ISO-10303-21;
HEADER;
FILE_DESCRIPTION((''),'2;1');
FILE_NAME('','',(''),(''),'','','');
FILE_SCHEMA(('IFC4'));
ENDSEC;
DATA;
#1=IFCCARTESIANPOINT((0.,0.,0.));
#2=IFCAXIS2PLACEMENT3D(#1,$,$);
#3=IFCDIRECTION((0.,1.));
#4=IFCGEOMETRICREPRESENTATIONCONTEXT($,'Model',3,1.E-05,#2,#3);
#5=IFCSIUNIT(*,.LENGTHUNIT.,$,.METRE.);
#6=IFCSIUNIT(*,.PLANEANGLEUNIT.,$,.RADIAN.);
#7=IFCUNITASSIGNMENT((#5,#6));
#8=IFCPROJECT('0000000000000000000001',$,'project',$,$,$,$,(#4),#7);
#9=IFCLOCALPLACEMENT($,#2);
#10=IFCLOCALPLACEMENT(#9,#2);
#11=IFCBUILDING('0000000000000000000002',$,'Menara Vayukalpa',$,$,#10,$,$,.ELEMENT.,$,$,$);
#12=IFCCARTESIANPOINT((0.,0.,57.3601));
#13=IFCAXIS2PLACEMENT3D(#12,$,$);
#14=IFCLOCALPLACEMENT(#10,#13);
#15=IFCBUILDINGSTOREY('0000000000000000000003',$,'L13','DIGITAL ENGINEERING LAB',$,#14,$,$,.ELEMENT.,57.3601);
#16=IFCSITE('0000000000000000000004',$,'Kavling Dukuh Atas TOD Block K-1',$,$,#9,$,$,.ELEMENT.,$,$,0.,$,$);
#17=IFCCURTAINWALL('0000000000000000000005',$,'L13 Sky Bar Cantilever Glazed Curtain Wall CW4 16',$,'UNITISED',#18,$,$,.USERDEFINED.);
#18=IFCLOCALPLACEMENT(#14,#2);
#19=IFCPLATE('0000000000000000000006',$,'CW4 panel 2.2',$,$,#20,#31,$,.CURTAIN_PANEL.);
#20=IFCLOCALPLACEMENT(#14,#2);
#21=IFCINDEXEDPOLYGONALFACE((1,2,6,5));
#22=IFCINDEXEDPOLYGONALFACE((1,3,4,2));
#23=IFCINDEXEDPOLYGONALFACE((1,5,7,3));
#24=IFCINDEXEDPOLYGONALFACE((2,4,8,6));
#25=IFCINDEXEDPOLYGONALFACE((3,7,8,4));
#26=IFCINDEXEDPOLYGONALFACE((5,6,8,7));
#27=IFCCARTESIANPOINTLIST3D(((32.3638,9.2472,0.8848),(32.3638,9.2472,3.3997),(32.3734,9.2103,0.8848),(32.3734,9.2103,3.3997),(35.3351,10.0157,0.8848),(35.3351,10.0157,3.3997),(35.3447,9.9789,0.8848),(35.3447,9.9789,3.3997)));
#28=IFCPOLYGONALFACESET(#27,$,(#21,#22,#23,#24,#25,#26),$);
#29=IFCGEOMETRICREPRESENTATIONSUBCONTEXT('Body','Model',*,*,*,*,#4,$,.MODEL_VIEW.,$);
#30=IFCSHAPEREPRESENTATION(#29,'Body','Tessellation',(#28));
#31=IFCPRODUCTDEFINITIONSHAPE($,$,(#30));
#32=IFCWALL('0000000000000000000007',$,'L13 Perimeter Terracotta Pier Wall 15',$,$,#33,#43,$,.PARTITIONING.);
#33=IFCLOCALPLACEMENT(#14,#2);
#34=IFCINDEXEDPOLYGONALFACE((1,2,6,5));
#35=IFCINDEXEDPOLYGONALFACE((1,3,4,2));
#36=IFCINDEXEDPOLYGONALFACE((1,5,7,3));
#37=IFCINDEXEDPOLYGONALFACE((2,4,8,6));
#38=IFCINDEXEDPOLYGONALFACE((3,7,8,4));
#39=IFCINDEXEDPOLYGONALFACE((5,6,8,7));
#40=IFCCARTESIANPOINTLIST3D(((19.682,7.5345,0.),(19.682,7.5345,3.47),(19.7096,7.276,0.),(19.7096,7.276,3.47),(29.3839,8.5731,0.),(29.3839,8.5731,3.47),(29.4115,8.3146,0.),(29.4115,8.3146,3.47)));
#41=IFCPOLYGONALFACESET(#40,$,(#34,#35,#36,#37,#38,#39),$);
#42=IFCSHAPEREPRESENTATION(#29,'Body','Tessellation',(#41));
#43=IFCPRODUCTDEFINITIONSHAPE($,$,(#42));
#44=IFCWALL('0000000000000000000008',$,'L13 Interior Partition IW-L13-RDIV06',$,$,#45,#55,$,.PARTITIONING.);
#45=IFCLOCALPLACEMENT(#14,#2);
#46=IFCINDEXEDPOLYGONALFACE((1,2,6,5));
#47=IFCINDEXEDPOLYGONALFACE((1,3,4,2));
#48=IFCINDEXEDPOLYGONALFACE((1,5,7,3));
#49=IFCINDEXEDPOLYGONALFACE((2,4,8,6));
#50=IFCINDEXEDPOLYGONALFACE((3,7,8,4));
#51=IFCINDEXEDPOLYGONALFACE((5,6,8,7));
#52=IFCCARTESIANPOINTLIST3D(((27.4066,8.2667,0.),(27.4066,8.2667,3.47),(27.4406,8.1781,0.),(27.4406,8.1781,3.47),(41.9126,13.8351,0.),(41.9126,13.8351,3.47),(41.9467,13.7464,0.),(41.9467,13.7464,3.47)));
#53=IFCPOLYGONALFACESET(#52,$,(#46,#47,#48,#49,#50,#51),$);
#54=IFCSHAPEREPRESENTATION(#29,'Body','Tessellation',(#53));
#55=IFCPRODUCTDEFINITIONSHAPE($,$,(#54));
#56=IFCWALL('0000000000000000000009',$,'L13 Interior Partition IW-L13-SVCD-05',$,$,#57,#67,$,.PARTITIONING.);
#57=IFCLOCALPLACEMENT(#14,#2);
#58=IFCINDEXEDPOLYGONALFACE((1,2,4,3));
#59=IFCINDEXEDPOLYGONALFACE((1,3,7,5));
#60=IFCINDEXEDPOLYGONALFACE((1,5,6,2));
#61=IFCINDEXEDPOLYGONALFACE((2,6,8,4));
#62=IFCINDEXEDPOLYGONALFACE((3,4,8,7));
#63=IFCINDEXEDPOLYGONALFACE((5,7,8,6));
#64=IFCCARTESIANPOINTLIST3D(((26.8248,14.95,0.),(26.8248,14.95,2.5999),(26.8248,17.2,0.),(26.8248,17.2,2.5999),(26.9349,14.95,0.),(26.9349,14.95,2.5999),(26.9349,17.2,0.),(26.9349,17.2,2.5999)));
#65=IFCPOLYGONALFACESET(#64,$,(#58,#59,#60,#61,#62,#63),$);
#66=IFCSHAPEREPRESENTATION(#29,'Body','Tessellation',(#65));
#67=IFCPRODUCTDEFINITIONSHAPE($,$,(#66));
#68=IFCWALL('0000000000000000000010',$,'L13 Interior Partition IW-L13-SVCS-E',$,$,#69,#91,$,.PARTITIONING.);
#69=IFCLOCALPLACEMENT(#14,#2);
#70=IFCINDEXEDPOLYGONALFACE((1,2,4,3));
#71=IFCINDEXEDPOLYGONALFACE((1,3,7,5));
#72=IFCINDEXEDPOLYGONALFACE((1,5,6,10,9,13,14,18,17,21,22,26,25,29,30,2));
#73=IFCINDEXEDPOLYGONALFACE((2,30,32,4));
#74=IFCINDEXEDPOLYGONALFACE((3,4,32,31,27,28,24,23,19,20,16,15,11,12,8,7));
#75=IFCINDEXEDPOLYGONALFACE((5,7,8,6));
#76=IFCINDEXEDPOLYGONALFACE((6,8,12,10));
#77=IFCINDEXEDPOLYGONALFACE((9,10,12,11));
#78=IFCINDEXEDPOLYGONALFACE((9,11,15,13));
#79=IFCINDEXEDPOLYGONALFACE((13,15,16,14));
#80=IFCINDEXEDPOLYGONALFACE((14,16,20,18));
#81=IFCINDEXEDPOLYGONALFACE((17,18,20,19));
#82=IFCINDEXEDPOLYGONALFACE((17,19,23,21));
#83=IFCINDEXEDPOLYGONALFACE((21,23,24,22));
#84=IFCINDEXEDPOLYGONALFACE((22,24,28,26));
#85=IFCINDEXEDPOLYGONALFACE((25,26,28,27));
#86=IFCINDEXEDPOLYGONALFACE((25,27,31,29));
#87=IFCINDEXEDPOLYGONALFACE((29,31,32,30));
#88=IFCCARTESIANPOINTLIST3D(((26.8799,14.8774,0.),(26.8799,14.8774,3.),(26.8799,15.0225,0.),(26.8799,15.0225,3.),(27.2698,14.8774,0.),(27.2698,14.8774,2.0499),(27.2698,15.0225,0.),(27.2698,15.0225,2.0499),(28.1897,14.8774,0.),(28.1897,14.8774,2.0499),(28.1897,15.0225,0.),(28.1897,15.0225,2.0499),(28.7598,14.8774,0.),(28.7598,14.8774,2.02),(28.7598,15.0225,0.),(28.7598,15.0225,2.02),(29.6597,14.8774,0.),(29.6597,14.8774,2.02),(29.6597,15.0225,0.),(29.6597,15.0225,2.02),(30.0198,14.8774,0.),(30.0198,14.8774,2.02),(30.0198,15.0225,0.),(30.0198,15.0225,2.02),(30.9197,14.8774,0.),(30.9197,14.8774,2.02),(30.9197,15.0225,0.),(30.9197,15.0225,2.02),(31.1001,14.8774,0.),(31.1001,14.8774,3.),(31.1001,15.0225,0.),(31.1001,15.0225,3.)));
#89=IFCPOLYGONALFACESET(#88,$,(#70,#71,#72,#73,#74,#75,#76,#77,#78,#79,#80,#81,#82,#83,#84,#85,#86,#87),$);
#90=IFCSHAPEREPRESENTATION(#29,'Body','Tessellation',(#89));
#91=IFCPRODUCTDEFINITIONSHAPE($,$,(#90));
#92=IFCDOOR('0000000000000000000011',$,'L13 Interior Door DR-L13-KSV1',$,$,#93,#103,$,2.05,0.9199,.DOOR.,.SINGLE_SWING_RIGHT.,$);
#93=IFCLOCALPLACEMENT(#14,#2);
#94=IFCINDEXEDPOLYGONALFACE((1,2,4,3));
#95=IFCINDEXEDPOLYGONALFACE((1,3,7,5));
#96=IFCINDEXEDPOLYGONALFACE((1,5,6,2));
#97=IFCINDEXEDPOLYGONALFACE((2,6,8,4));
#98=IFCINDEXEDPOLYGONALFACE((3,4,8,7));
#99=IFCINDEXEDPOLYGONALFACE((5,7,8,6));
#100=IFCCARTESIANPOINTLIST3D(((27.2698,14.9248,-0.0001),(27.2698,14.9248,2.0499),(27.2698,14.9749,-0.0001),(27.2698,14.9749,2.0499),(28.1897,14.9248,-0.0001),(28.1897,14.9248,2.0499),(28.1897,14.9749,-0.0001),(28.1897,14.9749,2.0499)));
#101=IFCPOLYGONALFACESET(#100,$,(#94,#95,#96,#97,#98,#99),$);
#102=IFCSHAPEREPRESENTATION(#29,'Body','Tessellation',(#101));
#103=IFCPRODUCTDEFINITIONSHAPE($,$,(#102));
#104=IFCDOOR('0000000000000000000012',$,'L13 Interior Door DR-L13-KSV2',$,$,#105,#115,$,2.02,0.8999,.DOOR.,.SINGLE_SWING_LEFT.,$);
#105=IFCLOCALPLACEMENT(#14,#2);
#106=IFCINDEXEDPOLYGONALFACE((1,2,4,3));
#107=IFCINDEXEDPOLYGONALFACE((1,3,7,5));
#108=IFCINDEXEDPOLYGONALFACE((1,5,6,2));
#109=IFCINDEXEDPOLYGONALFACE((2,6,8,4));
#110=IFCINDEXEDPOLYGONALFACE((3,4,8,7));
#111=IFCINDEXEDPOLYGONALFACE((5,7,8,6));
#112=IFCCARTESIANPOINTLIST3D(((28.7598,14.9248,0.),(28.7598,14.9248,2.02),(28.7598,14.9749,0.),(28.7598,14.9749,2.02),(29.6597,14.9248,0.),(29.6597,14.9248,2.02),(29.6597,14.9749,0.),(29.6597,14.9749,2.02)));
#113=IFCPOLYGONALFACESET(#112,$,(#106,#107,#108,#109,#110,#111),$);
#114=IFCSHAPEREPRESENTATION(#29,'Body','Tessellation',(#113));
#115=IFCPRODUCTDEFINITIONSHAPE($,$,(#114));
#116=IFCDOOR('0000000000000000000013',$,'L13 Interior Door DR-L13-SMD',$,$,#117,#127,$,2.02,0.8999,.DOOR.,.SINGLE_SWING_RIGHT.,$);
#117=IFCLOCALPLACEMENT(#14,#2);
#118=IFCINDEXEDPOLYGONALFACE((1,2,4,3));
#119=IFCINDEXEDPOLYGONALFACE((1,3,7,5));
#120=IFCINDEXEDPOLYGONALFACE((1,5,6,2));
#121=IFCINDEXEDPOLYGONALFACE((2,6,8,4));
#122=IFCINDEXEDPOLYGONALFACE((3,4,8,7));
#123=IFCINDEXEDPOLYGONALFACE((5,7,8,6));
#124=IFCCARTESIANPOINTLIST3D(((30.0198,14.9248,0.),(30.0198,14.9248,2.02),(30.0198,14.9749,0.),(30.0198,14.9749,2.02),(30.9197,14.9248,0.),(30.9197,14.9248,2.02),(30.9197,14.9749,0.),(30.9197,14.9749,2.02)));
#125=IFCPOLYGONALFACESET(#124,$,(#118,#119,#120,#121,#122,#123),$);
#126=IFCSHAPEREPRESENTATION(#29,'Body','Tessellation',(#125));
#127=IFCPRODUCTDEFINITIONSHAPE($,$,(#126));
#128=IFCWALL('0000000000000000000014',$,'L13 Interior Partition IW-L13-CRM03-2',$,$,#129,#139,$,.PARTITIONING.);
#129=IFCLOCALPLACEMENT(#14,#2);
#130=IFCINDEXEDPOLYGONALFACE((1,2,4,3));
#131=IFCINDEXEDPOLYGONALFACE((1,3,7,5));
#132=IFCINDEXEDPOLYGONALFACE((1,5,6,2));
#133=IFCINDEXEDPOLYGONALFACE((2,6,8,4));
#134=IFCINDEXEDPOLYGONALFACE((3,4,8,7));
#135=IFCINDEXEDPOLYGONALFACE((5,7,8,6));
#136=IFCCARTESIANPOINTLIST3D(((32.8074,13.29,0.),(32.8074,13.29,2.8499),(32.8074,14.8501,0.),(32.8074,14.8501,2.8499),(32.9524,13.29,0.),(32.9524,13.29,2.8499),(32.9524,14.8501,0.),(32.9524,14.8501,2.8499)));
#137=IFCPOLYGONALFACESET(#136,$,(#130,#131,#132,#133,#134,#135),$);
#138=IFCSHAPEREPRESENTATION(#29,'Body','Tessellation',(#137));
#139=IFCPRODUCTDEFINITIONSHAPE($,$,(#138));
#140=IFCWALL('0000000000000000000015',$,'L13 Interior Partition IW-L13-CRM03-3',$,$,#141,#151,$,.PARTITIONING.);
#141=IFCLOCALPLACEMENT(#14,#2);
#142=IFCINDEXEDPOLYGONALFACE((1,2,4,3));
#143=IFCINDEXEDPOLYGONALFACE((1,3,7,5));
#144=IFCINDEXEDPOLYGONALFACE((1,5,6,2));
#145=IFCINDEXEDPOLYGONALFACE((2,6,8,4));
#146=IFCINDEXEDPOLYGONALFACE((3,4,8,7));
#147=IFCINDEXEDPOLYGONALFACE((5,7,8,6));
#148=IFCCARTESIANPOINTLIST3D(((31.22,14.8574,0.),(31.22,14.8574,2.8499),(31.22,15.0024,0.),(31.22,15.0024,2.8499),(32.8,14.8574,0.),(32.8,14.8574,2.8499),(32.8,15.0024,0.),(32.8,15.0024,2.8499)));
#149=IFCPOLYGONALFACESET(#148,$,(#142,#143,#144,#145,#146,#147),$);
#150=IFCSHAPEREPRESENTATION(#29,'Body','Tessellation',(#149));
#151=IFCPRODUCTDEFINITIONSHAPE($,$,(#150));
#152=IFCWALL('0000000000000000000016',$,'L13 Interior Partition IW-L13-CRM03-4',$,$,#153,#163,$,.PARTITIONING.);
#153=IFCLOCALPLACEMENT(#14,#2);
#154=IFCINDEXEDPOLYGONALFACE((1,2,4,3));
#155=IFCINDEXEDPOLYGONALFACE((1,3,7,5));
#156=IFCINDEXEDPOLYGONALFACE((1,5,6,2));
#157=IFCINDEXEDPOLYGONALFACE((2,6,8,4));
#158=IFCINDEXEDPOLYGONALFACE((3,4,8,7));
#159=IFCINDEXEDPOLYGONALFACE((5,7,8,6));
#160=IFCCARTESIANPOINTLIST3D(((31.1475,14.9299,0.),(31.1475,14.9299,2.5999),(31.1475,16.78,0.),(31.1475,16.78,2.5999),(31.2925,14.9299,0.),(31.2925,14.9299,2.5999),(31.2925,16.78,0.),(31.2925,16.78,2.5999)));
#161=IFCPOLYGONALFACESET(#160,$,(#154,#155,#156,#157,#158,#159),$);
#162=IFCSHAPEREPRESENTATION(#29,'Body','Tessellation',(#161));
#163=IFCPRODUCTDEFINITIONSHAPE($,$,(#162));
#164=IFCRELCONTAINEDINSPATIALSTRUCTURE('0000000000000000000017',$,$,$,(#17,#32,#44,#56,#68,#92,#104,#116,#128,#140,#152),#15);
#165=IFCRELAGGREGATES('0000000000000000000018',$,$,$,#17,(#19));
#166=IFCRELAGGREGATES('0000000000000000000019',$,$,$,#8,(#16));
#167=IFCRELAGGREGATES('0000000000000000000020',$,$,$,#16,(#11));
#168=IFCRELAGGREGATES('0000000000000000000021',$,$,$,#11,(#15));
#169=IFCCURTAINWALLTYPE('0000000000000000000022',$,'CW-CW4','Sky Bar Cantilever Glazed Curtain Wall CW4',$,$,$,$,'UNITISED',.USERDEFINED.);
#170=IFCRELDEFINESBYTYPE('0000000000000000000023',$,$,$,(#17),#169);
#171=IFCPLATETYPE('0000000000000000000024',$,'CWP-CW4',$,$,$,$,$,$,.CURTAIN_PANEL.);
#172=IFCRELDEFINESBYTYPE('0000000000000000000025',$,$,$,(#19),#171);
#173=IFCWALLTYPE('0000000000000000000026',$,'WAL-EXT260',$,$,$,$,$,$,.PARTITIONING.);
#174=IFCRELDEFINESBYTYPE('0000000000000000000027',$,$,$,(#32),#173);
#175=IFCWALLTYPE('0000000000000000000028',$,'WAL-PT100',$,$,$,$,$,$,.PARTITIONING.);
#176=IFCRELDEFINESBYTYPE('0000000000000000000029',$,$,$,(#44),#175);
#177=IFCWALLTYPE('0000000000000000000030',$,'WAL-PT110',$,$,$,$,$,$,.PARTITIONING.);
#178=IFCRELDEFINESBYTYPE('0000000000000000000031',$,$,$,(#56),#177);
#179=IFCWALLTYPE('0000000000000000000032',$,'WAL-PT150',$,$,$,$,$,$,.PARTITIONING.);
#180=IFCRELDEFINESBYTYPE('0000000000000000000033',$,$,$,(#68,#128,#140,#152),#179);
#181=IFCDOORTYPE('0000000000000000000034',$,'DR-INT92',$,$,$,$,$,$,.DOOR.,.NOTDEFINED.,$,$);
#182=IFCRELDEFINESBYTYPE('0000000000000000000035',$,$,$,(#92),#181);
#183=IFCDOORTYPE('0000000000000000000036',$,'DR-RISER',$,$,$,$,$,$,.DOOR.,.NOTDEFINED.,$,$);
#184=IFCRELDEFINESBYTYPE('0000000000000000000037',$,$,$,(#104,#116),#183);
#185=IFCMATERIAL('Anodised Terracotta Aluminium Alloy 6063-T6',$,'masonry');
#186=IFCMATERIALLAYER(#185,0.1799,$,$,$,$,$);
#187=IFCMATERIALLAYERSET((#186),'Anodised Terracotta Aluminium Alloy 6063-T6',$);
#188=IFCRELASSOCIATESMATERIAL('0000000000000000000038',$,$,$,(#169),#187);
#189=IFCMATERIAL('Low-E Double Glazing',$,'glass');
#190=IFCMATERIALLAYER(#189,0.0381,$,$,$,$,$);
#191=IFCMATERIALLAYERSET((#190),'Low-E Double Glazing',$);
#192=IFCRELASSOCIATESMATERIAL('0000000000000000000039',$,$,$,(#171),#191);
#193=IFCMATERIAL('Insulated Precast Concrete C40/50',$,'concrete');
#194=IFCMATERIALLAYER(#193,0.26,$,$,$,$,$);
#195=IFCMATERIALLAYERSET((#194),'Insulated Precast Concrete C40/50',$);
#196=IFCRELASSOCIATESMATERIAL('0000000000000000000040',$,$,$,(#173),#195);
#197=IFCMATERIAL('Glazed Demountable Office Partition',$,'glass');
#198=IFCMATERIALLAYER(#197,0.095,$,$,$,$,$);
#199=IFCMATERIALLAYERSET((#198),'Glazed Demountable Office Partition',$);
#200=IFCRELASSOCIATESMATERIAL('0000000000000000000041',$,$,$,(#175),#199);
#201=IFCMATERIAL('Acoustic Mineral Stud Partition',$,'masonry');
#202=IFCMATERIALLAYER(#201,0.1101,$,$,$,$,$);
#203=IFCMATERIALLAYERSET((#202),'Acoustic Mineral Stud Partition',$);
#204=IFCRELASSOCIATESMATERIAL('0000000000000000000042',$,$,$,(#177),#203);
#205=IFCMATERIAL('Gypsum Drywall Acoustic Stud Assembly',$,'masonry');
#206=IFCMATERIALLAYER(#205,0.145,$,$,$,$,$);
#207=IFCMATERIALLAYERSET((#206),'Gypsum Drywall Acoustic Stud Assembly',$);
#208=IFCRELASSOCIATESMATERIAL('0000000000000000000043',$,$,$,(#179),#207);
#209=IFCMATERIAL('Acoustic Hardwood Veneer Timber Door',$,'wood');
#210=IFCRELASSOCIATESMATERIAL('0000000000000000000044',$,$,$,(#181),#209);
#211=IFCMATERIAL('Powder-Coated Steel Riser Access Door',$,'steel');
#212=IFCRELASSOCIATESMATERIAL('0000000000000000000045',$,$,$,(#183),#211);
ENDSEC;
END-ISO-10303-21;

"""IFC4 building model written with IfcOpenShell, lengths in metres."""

from ifc_helpers import new_model, si_unit, direction, frame, frame_2d, origin, origin_2d, place, context, subcontext, project, spatial, rectangle, extrude, material, layer, layer_set, type_object, element, fill, aggregate, save


model = new_model("IFC4")

# Units and contexts
model_context = context("Model", 3, precision=1e-05, world=origin(), true_north=direction((0.0, 1.0)))
body_context = subcontext(model_context, "Body", "Model", "MODEL_VIEW")
ifc_project = project(units=[si_unit("LENGTHUNIT", "METRE"), si_unit("PLANEANGLEUNIT", "RADIAN")], contexts=[model_context])

# Site, building, storey
site_placement = place(None, origin())
site = spatial("IfcSite", under=ifc_project, at=site_placement, Name="Kavling Dukuh Atas TOD Block K-1", CompositionType="ELEMENT", RefElevation=0.0)
building_placement = place(site_placement, origin())
building = spatial("IfcBuilding", under=site, at=building_placement, Name="Menara Vayukalpa", CompositionType="ELEMENT")
storey_placement = place(building_placement, frame((0.0, 0.0, 57.3601)))
storey = spatial("IfcBuildingStorey", under=building, at=storey_placement, Name="L13", Description="DIGITAL ENGINEERING LAB", CompositionType="ELEMENT", Elevation=57.3601)

# Curtain wall, plate
ifc_material_1 = material(Name="Anodised Terracotta Aluminium Alloy 6063-T6", Category="masonry")
ifc_layer_1 = layer(ifc_material_1, 0.1799)
ifc_layer_set_1 = layer_set([ifc_layer_1], Name="Anodised Terracotta Aluminium Alloy 6063-T6")
curtain_wall_type = type_object("IfcCurtainWallType", Name="CW-CW4", Description="Sky Bar Cantilever Glazed Curtain Wall CW4", ElementType="UNITISED", PredefinedType="USERDEFINED", material=ifc_layer_set_1)
curtain_wall_placement = place(storey_placement, origin())
curtain_wall = element("IfcCurtainWall", 1, at=curtain_wall_placement, inside=storey, type_object=curtain_wall_type, Name="L13 Sky Bar Cantilever Glazed Curtain Wall CW4 16", ObjectType="UNITISED", PredefinedType="USERDEFINED")
ifc_material_2 = material(Name="Low-E Double Glazing", Category="glass")
ifc_layer_2 = layer(ifc_material_2, 0.0381)
ifc_layer_set_2 = layer_set([ifc_layer_2], Name="Low-E Double Glazing")
plate_type = type_object("IfcPlateType", Name="CWP-CW4", PredefinedType="CURTAIN_PANEL", material=ifc_layer_set_2)
plate_1_placement = place(storey_placement, frame((33.8542, 9.613, 0.8848), z_axis=(0.0, 0.0, 1.0), x_axis=(0.968142, 0.250403, 0.0)))
plate_1 = element("IfcPlate", 2, at=plate_1_placement, type_object=plate_type, Name="CW4 panel 2.2", PredefinedType="CURTAIN_PANEL", context=body_context, shape_type="SweptSolid", body=[
    extrude(rectangle(XDim=3.0691, YDim=0.0381, at=origin_2d()), origin(), (0.0, 0.0, 1.0), 2.5149),
])
aggregate(curtain_wall, [plate_1])

# Walls
ifc_material_3 = material(Name="Insulated Precast Concrete C40/50", Category="concrete")
ifc_layer_3 = layer(ifc_material_3, 0.26)
ifc_layer_set_3 = layer_set([ifc_layer_3], Name="Insulated Precast Concrete C40/50")
wall_type_1 = type_object("IfcWallType", Name="WAL-EXT260", PredefinedType="PARTITIONING", material=ifc_layer_set_3)
wall_1_placement = place(storey_placement, frame((29.3977, 8.4438, 0.0), z_axis=(0.0, 0.0, 1.0), x_axis=(-0.994319, -0.10644, 0.0)))
element("IfcWall", 3, at=wall_1_placement, inside=storey, type_object=wall_type_1, Name="L13 Perimeter Terracotta Pier Wall 15", PredefinedType="PARTITIONING", context=body_context, shape_type="SweptSolid", body=[
    extrude(rectangle(XDim=9.7573, YDim=0.26, at=frame_2d((4.8787, 0.0))), origin(), (0.0, 0.0, 1.0), 3.47),
])
ifc_material_4 = material(Name="Glazed Demountable Office Partition", Category="glass")
ifc_layer_4 = layer(ifc_material_4, 0.095)
ifc_layer_set_4 = layer_set([ifc_layer_4], Name="Glazed Demountable Office Partition")
wall_type_2 = type_object("IfcWallType", Name="WAL-PT100", PredefinedType="PARTITIONING", material=ifc_layer_set_4)
wall_2_placement = place(storey_placement, frame((27.4236, 8.2224, 0.0), z_axis=(0.0, 0.0, 1.0), x_axis=(0.933581, 0.358367, 0.0)))
element("IfcWall", 4, at=wall_2_placement, inside=storey, type_object=wall_type_2, Name="L13 Interior Partition IW-L13-RDIV06", PredefinedType="PARTITIONING", context=body_context, shape_type="SweptSolid", body=[
    extrude(rectangle(XDim=15.5381, YDim=0.095, at=frame_2d((7.769, 0.0))), origin(), (0.0, 0.0, 1.0), 3.47),
])
ifc_material_5 = material(Name="Acoustic Mineral Stud Partition", Category="masonry")
ifc_layer_5 = layer(ifc_material_5, 0.1101)
ifc_layer_set_5 = layer_set([ifc_layer_5], Name="Acoustic Mineral Stud Partition")
wall_type_3 = type_object("IfcWallType", Name="WAL-PT110", PredefinedType="PARTITIONING", material=ifc_layer_set_5)
wall_3_placement = place(storey_placement, frame((26.8799, 14.95, 0.0), z_axis=(0.0, 0.0, 1.0), x_axis=(0.0, 1.0, 0.0)))
element("IfcWall", 5, at=wall_3_placement, inside=storey, type_object=wall_type_3, Name="L13 Interior Partition IW-L13-SVCD-05", PredefinedType="PARTITIONING", context=body_context, shape_type="SweptSolid", body=[
    extrude(rectangle(XDim=2.25, YDim=0.1101, at=frame_2d((1.125, 0.0))), origin(), (0.0, 0.0, 1.0), 2.5999),
])

# Wall, openings, doors
ifc_material_6 = material(Name="Gypsum Drywall Acoustic Stud Assembly", Category="masonry")
ifc_layer_6 = layer(ifc_material_6, 0.145)
ifc_layer_set_6 = layer_set([ifc_layer_6], Name="Gypsum Drywall Acoustic Stud Assembly")
wall_type_4 = type_object("IfcWallType", Name="WAL-PT150", PredefinedType="PARTITIONING", material=ifc_layer_set_6)
wall_4_placement = place(storey_placement, frame((26.8799, 14.95, 0.0), z_axis=(0.0, 0.0, 1.0), x_axis=(1.0, 0.0, 0.0)))
wall_4 = element("IfcWall", 6, at=wall_4_placement, inside=storey, type_object=wall_type_4, Name="L13 Interior Partition IW-L13-SVCS-E", PredefinedType="PARTITIONING", context=body_context, shape_type="SweptSolid", body=[
    extrude(rectangle(XDim=4.2202, YDim=0.145, at=frame_2d((2.1101, 0.0))), origin(), (0.0, 0.0, 1.0), 3.0),
])
opening_1_placement = place(wall_4_placement, frame((0.3899, 0.0, 0.0)))
opening_1 = element("IfcOpeningElement", 7, at=opening_1_placement, cuts=wall_4, PredefinedType="OPENING", context=body_context, shape_type="SweptSolid", body=[
    extrude(rectangle(XDim=0.9199, YDim=2.05, at=frame_2d((0.46, 1.0249))), frame((0.0, 0.0825, 0.0), z_axis=(0.0, -1.0, 0.0), x_axis=(1.0, 0.0, 0.0)), (0.0, 0.0, 1.0), 0.165),
])
opening_2_placement = place(wall_4_placement, frame((1.8799, 0.0, 0.0)))
opening_2 = element("IfcOpeningElement", 8, at=opening_2_placement, cuts=wall_4, PredefinedType="OPENING", context=body_context, shape_type="SweptSolid", body=[
    extrude(rectangle(XDim=0.8999, YDim=2.02, at=frame_2d((0.45, 1.01))), frame((0.0, 0.0825, 0.0), z_axis=(0.0, -1.0, 0.0), x_axis=(1.0, 0.0, 0.0)), (0.0, 0.0, 1.0), 0.165),
])
opening_3_placement = place(wall_4_placement, frame((3.1399, 0.0, 0.0)))
opening_3 = element("IfcOpeningElement", 9, at=opening_3_placement, cuts=wall_4, PredefinedType="OPENING", context=body_context, shape_type="SweptSolid", body=[
    extrude(rectangle(XDim=0.8999, YDim=2.02, at=frame_2d((0.45, 1.01))), frame((0.0, 0.0825, 0.0), z_axis=(0.0, -1.0, 0.0), x_axis=(1.0, 0.0, 0.0)), (0.0, 0.0, 1.0), 0.165),
])
ifc_material_7 = material(Name="Acoustic Hardwood Veneer Timber Door", Category="wood")
door_type_1 = type_object("IfcDoorType", Name="DR-INT92", OperationType="NOTDEFINED", PredefinedType="DOOR", material=ifc_material_7)
door_1_placement = place(opening_1_placement, origin())
door_1 = element("IfcDoor", 10, at=door_1_placement, inside=storey, type_object=door_type_1, Name="L13 Interior Door DR-L13-KSV1", OperationType="SINGLE_SWING_RIGHT", OverallHeight=2.05, OverallWidth=0.9199, PredefinedType="DOOR", context=body_context, shape_type="SweptSolid", body=[
    extrude(rectangle(XDim=0.9199, YDim=2.05, at=frame_2d((0.46, 1.0249))), frame((0.0, 0.0249, 0.0), z_axis=(0.0, -1.0, 0.0), x_axis=(1.0, 0.0, 0.0)), (0.0, 0.0, 1.0), 0.05),
])
fill(opening_1, door_1)
ifc_material_8 = material(Name="Powder-Coated Steel Riser Access Door", Category="steel")
door_type_2 = type_object("IfcDoorType", Name="DR-RISER", OperationType="NOTDEFINED", PredefinedType="DOOR", material=ifc_material_8)
door_2_placement = place(opening_2_placement, origin())
door_2 = element("IfcDoor", 11, at=door_2_placement, inside=storey, type_object=door_type_2, Name="L13 Interior Door DR-L13-KSV2", OperationType="SINGLE_SWING_LEFT", OverallHeight=2.02, OverallWidth=0.8999, PredefinedType="DOOR", context=body_context, shape_type="SweptSolid", body=[
    extrude(rectangle(XDim=0.8999, YDim=2.02, at=frame_2d((0.45, 1.01))), frame((0.0, 0.0249, 0.0), z_axis=(0.0, -1.0, 0.0), x_axis=(1.0, 0.0, 0.0)), (0.0, 0.0, 1.0), 0.05),
])
fill(opening_2, door_2)
door_3_placement = place(opening_3_placement, origin())
door_3 = element("IfcDoor", 12, at=door_3_placement, inside=storey, type_object=door_type_2, Name="L13 Interior Door DR-L13-SMD", OperationType="SINGLE_SWING_RIGHT", OverallHeight=2.02, OverallWidth=0.8999, PredefinedType="DOOR", context=body_context, shape_type="SweptSolid", body=[
    extrude(rectangle(XDim=0.8999, YDim=2.02, at=frame_2d((0.45, 1.01))), frame((0.0, 0.0249, 0.0), z_axis=(0.0, -1.0, 0.0), x_axis=(1.0, 0.0, 0.0)), (0.0, 0.0, 1.0), 0.05),
])
fill(opening_3, door_3)

# Walls
wall_5_placement = place(storey_placement, frame((32.8799, 13.29, 0.0), z_axis=(0.0, 0.0, 1.0), x_axis=(0.0, 1.0, 0.0)))
element("IfcWall", 13, at=wall_5_placement, inside=storey, type_object=wall_type_4, Name="L13 Interior Partition IW-L13-CRM03-2", PredefinedType="PARTITIONING", context=body_context, shape_type="SweptSolid", body=[
    extrude(rectangle(XDim=1.5601, YDim=0.145, at=frame_2d((0.78, 0.0))), origin(), (0.0, 0.0, 1.0), 2.8499),
])
wall_6_placement = place(storey_placement, frame((32.8, 14.9299, 0.0), z_axis=(0.0, 0.0, 1.0), x_axis=(-1.0, 0.0, 0.0)))
element("IfcWall", 14, at=wall_6_placement, inside=storey, type_object=wall_type_4, Name="L13 Interior Partition IW-L13-CRM03-3", PredefinedType="PARTITIONING", context=body_context, shape_type="SweptSolid", body=[
    extrude(rectangle(XDim=1.5801, YDim=0.145, at=frame_2d((0.79, 0.0))), origin(), (0.0, 0.0, 1.0), 2.8499),
])
wall_7_placement = place(storey_placement, frame((31.22, 14.9299, 0.0), z_axis=(0.0, 0.0, 1.0), x_axis=(0.0, 1.0, 0.0)))
element("IfcWall", 15, at=wall_7_placement, inside=storey, type_object=wall_type_4, Name="L13 Interior Partition IW-L13-CRM03-4", PredefinedType="PARTITIONING", context=body_context, shape_type="SweptSolid", body=[
    extrude(rectangle(XDim=1.8501, YDim=0.145, at=frame_2d((0.925, 0.0))), origin(), (0.0, 0.0, 1.0), 2.5999),
])

save(model, "model.ifc")
